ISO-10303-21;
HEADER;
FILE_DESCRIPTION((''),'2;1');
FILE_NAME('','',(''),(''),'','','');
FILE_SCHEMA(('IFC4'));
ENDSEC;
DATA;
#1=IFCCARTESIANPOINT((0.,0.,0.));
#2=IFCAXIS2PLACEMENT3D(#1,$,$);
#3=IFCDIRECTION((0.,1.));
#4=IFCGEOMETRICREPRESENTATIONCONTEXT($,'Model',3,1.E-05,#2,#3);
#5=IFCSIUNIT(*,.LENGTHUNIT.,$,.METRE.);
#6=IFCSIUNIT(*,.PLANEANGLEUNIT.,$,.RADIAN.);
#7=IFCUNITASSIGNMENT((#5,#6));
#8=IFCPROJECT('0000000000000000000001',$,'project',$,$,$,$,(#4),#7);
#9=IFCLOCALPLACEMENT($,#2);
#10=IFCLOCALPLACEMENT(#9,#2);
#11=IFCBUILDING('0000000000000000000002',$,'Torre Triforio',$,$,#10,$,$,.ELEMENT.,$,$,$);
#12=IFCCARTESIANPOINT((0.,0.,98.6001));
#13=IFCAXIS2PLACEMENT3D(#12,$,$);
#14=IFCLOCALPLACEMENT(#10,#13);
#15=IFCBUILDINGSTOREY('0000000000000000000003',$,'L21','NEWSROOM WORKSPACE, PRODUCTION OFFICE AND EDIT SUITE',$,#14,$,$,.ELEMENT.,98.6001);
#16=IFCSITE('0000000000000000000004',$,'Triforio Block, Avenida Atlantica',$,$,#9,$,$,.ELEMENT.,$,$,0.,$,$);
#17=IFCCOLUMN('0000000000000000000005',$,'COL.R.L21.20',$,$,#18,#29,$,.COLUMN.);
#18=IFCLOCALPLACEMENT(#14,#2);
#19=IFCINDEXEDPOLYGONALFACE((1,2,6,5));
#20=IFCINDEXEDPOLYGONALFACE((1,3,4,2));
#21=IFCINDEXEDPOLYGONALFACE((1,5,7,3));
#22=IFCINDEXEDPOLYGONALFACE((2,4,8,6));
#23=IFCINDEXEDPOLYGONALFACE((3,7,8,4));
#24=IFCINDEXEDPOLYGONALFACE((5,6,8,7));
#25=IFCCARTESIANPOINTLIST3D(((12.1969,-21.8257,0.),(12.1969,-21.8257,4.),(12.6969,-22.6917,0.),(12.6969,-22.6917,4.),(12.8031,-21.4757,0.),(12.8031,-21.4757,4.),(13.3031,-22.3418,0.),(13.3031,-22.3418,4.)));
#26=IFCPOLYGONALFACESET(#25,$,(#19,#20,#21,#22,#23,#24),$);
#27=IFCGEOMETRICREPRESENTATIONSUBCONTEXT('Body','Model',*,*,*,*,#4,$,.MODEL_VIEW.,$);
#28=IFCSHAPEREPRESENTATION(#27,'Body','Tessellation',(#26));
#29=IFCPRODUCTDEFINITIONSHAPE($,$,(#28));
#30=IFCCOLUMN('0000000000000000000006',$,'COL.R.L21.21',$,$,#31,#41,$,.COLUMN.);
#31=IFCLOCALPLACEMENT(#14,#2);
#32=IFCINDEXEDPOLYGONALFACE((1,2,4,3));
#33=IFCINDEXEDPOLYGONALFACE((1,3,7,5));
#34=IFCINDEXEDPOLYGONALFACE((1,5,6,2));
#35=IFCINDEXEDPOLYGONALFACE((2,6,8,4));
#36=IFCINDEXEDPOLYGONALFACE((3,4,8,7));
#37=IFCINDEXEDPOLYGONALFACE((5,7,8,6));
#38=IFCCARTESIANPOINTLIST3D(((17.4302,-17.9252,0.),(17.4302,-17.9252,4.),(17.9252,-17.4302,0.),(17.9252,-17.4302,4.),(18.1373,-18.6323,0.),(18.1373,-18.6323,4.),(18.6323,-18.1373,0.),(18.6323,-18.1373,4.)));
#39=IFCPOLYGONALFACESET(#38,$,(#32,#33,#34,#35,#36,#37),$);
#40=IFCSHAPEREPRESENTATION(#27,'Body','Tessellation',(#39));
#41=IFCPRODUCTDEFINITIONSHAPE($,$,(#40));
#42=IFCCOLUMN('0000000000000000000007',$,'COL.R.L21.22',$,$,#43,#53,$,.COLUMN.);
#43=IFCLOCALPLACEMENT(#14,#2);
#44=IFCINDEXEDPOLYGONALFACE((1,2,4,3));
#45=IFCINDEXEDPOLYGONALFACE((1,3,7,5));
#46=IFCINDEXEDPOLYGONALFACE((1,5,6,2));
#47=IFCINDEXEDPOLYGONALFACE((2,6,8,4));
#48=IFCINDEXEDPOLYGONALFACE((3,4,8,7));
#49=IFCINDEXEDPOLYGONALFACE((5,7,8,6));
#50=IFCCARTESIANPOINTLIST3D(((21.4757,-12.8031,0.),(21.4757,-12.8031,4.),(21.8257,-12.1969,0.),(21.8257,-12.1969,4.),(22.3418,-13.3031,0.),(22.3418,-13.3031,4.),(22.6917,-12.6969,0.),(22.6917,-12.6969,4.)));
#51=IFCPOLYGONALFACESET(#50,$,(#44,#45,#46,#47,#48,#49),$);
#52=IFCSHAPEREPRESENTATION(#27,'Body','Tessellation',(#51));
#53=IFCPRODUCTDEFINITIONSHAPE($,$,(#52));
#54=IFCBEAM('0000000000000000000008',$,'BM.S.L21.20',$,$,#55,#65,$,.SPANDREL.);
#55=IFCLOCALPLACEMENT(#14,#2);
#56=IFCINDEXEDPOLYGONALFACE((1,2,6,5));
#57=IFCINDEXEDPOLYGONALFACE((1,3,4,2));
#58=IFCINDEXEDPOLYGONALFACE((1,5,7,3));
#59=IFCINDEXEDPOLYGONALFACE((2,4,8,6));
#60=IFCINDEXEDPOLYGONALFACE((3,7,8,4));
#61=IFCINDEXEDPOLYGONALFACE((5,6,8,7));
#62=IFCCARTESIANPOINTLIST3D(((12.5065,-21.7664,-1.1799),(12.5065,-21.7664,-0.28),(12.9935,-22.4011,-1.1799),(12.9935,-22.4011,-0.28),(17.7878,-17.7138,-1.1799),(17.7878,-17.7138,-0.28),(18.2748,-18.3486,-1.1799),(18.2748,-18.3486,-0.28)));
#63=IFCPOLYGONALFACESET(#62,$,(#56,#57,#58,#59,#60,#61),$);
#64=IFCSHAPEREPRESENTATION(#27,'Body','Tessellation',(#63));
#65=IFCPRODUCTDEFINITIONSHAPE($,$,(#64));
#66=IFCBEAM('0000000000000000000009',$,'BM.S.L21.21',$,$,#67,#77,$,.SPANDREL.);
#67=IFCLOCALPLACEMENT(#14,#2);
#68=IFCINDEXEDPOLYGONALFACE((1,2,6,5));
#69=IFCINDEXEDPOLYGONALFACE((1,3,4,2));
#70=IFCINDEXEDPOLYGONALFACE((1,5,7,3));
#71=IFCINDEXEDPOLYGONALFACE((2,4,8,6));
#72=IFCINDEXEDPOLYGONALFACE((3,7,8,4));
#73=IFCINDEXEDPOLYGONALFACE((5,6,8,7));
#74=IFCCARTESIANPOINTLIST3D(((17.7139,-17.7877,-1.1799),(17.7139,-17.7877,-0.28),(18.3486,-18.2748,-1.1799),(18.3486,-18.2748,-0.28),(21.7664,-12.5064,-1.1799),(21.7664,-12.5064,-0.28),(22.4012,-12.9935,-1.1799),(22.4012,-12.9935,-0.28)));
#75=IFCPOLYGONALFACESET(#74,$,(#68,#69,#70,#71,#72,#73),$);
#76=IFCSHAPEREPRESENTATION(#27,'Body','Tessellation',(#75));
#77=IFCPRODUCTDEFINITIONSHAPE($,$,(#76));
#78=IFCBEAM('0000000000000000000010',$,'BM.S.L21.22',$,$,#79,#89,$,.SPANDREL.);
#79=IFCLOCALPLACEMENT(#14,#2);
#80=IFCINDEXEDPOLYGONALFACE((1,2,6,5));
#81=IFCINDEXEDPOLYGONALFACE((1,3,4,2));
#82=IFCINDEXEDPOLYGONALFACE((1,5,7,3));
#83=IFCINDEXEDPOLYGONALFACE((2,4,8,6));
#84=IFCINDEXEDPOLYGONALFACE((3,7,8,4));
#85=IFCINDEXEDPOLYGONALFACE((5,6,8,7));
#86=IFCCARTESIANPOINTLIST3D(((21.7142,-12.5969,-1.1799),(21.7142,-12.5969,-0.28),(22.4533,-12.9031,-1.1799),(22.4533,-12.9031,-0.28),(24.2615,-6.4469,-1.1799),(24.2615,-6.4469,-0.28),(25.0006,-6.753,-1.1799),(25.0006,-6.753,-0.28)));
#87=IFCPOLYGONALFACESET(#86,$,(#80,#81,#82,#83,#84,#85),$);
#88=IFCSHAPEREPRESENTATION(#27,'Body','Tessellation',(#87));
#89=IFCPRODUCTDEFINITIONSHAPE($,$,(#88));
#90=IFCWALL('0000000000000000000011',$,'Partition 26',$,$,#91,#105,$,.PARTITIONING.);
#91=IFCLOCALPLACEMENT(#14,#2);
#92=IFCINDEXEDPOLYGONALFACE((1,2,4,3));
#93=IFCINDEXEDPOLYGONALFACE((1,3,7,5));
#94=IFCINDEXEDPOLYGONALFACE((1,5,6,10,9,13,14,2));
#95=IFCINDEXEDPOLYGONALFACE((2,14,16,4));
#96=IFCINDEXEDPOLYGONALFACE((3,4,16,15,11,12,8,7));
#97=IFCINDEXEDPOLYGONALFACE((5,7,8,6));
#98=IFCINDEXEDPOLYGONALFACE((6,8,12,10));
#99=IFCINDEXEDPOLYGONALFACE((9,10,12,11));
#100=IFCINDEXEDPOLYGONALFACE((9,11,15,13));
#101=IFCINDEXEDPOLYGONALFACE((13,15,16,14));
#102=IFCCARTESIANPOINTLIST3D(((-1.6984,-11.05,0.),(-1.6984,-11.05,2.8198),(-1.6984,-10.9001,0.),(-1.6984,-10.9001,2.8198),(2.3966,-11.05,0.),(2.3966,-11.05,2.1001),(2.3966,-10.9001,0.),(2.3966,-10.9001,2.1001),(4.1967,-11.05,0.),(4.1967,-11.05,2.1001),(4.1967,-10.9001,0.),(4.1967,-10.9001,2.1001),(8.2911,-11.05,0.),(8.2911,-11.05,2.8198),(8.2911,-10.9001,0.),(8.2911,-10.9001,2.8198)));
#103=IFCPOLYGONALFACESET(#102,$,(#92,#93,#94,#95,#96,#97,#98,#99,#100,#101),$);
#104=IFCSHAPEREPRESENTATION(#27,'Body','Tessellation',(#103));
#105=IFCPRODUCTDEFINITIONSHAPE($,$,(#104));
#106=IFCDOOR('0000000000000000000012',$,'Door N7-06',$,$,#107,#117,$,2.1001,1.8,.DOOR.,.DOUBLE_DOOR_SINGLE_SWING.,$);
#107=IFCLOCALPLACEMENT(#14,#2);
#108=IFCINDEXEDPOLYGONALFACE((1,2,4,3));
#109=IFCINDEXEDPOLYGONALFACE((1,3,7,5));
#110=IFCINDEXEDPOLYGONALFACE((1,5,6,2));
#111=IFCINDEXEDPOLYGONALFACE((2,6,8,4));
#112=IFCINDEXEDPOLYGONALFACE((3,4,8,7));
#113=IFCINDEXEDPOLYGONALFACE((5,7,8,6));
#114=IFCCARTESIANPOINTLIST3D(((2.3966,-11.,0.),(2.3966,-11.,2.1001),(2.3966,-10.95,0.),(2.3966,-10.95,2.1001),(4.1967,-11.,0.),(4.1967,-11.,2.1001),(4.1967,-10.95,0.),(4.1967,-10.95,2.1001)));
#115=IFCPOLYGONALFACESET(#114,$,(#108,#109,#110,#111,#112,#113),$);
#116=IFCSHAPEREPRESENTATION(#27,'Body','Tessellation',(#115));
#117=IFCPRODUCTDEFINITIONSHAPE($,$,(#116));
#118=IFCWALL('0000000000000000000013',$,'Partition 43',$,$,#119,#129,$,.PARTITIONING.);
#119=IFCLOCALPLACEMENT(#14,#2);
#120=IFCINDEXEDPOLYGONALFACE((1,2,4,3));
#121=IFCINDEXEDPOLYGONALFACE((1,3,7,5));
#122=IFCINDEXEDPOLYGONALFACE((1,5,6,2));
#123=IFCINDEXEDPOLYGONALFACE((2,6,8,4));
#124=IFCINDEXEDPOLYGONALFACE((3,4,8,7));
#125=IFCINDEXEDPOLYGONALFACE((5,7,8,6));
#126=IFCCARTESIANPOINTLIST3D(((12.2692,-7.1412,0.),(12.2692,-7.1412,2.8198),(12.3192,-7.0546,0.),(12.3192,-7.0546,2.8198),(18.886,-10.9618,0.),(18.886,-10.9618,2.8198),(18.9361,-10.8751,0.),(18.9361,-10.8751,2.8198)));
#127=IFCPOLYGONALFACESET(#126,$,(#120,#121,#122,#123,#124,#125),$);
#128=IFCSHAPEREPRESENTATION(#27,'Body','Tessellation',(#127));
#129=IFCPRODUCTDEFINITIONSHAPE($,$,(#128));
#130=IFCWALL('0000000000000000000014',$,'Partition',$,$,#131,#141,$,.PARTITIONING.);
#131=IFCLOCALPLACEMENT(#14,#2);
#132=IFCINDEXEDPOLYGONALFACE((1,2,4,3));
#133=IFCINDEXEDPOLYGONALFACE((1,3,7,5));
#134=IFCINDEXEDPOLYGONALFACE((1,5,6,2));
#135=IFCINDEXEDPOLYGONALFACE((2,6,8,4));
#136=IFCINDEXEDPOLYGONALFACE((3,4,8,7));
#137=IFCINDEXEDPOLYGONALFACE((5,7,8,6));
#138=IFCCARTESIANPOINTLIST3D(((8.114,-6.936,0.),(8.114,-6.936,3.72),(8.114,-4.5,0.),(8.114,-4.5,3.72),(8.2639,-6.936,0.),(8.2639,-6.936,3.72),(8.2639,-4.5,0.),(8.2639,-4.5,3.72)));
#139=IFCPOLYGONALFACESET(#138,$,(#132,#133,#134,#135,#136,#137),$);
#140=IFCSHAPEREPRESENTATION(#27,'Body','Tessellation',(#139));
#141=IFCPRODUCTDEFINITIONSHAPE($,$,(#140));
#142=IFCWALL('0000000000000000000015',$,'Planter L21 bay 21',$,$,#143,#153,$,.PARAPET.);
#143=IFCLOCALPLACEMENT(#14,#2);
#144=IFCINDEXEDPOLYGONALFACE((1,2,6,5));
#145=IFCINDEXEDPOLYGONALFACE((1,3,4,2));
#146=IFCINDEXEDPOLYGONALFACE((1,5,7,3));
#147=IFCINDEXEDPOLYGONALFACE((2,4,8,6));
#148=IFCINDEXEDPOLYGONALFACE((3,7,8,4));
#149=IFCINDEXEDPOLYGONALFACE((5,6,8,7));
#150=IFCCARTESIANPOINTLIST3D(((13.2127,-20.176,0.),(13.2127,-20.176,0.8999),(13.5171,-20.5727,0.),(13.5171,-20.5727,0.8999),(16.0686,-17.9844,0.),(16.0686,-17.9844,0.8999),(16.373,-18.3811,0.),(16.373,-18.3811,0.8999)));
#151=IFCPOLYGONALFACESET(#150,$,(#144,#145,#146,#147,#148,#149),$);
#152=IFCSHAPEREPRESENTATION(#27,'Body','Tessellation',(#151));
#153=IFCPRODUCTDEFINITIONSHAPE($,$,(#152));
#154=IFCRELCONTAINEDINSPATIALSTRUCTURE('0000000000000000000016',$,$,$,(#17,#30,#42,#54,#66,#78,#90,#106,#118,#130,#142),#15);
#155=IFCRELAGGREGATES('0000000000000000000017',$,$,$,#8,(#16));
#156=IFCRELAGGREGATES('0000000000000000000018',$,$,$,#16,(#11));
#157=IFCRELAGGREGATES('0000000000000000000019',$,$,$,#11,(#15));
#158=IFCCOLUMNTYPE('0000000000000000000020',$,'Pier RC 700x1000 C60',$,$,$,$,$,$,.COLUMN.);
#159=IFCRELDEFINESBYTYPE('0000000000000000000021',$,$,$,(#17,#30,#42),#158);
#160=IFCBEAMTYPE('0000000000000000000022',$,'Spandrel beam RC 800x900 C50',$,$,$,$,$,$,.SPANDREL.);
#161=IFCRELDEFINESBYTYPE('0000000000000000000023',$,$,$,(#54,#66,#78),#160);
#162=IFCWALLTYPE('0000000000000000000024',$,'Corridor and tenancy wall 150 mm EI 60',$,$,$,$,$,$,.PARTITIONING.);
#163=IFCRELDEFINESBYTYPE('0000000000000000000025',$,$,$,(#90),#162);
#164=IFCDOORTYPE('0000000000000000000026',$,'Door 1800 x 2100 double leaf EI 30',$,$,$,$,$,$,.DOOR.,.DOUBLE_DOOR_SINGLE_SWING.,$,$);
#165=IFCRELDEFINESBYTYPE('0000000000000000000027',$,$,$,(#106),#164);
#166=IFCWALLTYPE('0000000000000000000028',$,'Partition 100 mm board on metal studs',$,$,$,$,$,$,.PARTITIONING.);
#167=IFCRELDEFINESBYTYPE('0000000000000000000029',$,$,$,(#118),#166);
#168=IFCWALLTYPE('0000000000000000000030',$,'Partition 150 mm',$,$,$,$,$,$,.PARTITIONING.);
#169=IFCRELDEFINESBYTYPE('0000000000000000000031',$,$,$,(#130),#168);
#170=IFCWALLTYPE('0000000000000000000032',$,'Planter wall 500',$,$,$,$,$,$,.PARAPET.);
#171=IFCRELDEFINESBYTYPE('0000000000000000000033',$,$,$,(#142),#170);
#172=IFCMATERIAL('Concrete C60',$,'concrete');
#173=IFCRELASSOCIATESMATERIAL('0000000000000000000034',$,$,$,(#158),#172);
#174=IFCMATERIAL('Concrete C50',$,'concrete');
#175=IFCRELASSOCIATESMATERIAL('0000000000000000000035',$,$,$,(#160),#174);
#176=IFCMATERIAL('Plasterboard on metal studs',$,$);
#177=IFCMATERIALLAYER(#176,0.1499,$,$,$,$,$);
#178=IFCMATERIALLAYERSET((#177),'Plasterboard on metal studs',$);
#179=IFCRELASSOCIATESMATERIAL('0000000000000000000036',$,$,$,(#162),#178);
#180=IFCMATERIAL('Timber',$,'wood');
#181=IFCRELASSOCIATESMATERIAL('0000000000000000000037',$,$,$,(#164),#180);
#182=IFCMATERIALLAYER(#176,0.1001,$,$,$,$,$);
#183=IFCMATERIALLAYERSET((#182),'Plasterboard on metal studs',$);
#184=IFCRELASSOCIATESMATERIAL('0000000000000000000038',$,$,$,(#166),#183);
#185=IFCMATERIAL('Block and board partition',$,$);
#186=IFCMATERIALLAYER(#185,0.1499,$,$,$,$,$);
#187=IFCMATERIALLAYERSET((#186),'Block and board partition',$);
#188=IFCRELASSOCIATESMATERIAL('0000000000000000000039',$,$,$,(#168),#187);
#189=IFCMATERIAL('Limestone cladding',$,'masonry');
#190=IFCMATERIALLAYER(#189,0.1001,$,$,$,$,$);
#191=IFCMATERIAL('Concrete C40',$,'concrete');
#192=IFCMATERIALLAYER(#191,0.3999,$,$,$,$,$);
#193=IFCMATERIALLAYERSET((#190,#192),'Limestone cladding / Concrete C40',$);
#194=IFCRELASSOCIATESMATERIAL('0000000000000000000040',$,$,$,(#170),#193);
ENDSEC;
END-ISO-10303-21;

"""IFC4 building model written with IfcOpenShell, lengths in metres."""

from ifc_helpers import new_model, si_unit, direction, frame, frame_2d, origin, origin_2d, place, context, subcontext, project, spatial, rectangle, extrude, material, layer, layer_set, material_profile, profile_set, type_object, element, fill, save


model = new_model("IFC4")

# Units and contexts
model_context = context("Model", 3, precision=1e-05, world=origin(), true_north=direction((0.0, 1.0)))
body_context = subcontext(model_context, "Body", "Model", "MODEL_VIEW")
ifc_project = project(units=[si_unit("LENGTHUNIT", "METRE"), si_unit("PLANEANGLEUNIT", "RADIAN")], contexts=[model_context])

# Site, building, storey
site_placement = place(None, origin())
site = spatial("IfcSite", under=ifc_project, at=site_placement, Name="Triforio Block, Avenida Atlantica", CompositionType="ELEMENT", RefElevation=0.0)
building_placement = place(site_placement, origin())
building = spatial("IfcBuilding", under=site, at=building_placement, Name="Torre Triforio", CompositionType="ELEMENT")
storey_placement = place(building_placement, frame((0.0, 0.0, 98.6001)))
storey = spatial("IfcBuildingStorey", under=building, at=storey_placement, Name="L21", Description="NEWSROOM WORKSPACE, PRODUCTION OFFICE AND EDIT SUITE", CompositionType="ELEMENT", Elevation=98.6001)

# Columns
ifc_material_1 = material(Name="Concrete C60", Category="concrete")
ifc_material_profile_1 = material_profile(ifc_material_1, rectangle(XDim=0.7, YDim=1.0, at=origin_2d()), Name="RC 700x1000")
ifc_profile_set_1 = profile_set([ifc_material_profile_1], Name="Concrete C60")
column_type = type_object("IfcColumnType", Name="Pier RC 700x1000 C60", PredefinedType="COLUMN", material=ifc_profile_set_1)
for number, where, z_axis, x_axis, name in (
    (1, (12.75, -22.0837, 0.0), (0.0, 0.0, 1.0), (0.866025, 0.5, 0.0), "COL.R.L21.20"),
    (2, (18.0312, -18.0312, 0.0), (0.0, 0.0, 1.0), (0.707107, 0.707107, 0.0), "COL.R.L21.21"),
    (3, (22.0837, -12.75, 0.0), (0.0, 0.0, 1.0), (0.5, 0.866025, 0.0), "COL.R.L21.22"),
):
    element("IfcColumn", number, at=place(storey_placement, frame(where, z_axis=z_axis, x_axis=x_axis)), inside=storey, type_object=column_type, Name=name, PredefinedType="COLUMN", context=body_context, shape_type="SweptSolid", body=[
        extrude(rectangle(XDim=0.7, YDim=1.0, at=origin_2d()), origin(), (0.0, 0.0, 1.0), 4.0),
    ])

# Beams
ifc_material_2 = material(Name="Concrete C50", Category="concrete")
ifc_material_profile_2 = material_profile(ifc_material_2, rectangle(XDim=0.8, YDim=0.8999, at=origin_2d()), Name="RC 800x900")
ifc_profile_set_2 = profile_set([ifc_material_profile_2], Name="Concrete C50")
beam_type = type_object("IfcBeamType", Name="Spandrel beam RC 800x900 C50", PredefinedType="SPANDREL", material=ifc_profile_set_2)
for number, where, z_axis, x_axis, name in (
    (4, (12.75, -22.0837, -0.73), (0.79335, 0.608766, 0.0), (-0.608766, 0.79335, 0.0), "BM.S.L21.20"),
    (5, (18.0312, -18.0312, -0.73), (0.608766, 0.79335, 0.0), (-0.79335, 0.608766, 0.0), "BM.S.L21.21"),
):
    element("IfcBeam", number, at=place(storey_placement, frame(where, z_axis=z_axis, x_axis=x_axis)), inside=storey, type_object=beam_type, Name=name, PredefinedType="SPANDREL", context=body_context, shape_type="SweptSolid", body=[
        extrude(rectangle(XDim=0.8, YDim=0.8999, at=origin_2d()), origin(), (0.0, 0.0, 1.0), 6.657),
    ])
beam_placement = place(storey_placement, frame((22.0837, -12.75, -0.73), z_axis=(0.382669, 0.923885, 0.0), x_axis=(-0.923885, 0.382669, 0.0)))
element("IfcBeam", 6, at=beam_placement, inside=storey, type_object=beam_type, Name="BM.S.L21.22", PredefinedType="SPANDREL", context=body_context, shape_type="SweptSolid", body=[
    extrude(rectangle(XDim=0.8, YDim=0.8999, at=origin_2d()), origin(), (0.0, 0.0, 1.0), 6.6567),
])

# Wall, opening, door
ifc_material_3 = material(Name="Plasterboard on metal studs")
ifc_layer_1 = layer(ifc_material_3, 0.1499)
ifc_layer_set_1 = layer_set([ifc_layer_1], Name="Plasterboard on metal studs")
wall_type_1 = type_object("IfcWallType", Name="Corridor and tenancy wall 150 mm EI 60", PredefinedType="PARTITIONING", material=ifc_layer_set_1)
wall_1_placement = place(storey_placement, frame((8.291, -10.9751, 0.0), z_axis=(0.0, 0.0, 1.0), x_axis=(-1.0, 0.0, 0.0)))
wall_1 = element("IfcWall", 7, at=wall_1_placement, inside=storey, type_object=wall_type_1, Name="Partition 26", PredefinedType="PARTITIONING", context=body_context, shape_type="SweptSolid", body=[
    extrude(rectangle(XDim=9.9895, YDim=0.1499, at=frame_2d((4.9946, 0.0))), origin(), (0.0, 0.0, 1.0), 2.8198),
])
opening_1_placement = place(wall_1_placement, frame((4.0945, 0.0, 0.0)))
opening_1 = element("IfcOpeningElement", 8, at=opening_1_placement, cuts=wall_1, PredefinedType="OPENING", context=body_context, shape_type="SweptSolid", body=[
    extrude(rectangle(XDim=1.8, YDim=2.1001, at=frame_2d((0.8999, 1.05))), frame((0.0, 0.085, 0.0), z_axis=(0.0, -1.0, 0.0), x_axis=(1.0, 0.0, 0.0)), (0.0, 0.0, 1.0), 0.1699),
])
ifc_material_4 = material(Name="Timber", Category="wood")
door_type_1 = type_object("IfcDoorType", Name="Door 1800 x 2100 double leaf EI 30", OperationType="DOUBLE_DOOR_SINGLE_SWING", PredefinedType="DOOR", material=ifc_material_4)
door_1_placement = place(opening_1_placement, origin())
door_1 = element("IfcDoor", 9, at=door_1_placement, inside=storey, type_object=door_type_1, Name="Door N7-06", OperationType="DOUBLE_DOOR_SINGLE_SWING", OverallHeight=2.1001, OverallWidth=1.8, PredefinedType="DOOR", context=body_context, shape_type="SweptSolid", body=[
    extrude(rectangle(XDim=1.8, YDim=2.1001, at=frame_2d((0.8999, 1.05))), frame((0.0, 0.0249, 0.0), z_axis=(0.0, -1.0, 0.0), x_axis=(1.0, 0.0, 0.0)), (0.0, 0.0, 1.0), 0.05),
])
fill(opening_1, door_1)

# Walls
ifc_layer_2 = layer(ifc_material_3, 0.1001)
ifc_layer_set_2 = layer_set([ifc_layer_2], Name="Plasterboard on metal studs")
wall_type_2 = type_object("IfcWallType", Name="Partition 100 mm board on metal studs", PredefinedType="PARTITIONING", material=ifc_layer_set_2)
wall_2_placement = place(storey_placement, frame((12.2942, -7.0979, 0.0), z_axis=(0.0, 0.0, 1.0), x_axis=(0.866011, -0.500026, 0.0)))
element("IfcWall", 10, at=wall_2_placement, inside=storey, type_object=wall_type_2, Name="Partition 43", PredefinedType="PARTITIONING", context=body_context, shape_type="SweptSolid", body=[
    extrude(rectangle(XDim=7.6406, YDim=0.1001, at=frame_2d((3.8203, 0.0))), origin(), (0.0, 0.0, 1.0), 2.8198),
])
ifc_material_5 = material(Name="Block and board partition")
ifc_layer_3 = layer(ifc_material_5, 0.1499)
ifc_layer_set_3 = layer_set([ifc_layer_3], Name="Block and board partition")
wall_type_3 = type_object("IfcWallType", Name="Partition 150 mm", PredefinedType="PARTITIONING", material=ifc_layer_set_3)
wall_3_placement = place(storey_placement, frame((8.189, -6.936, 0.0), z_axis=(0.0, 0.0, 1.0), x_axis=(0.0, 1.0, 0.0)))
element("IfcWall", 11, at=wall_3_placement, inside=storey, type_object=wall_type_3, Name="Partition", PredefinedType="PARTITIONING", context=body_context, shape_type="SweptSolid", body=[
    extrude(rectangle(XDim=2.436, YDim=0.1499, at=frame_2d((1.218, 0.0))), origin(), (0.0, 0.0, 1.0), 3.72),
])
ifc_material_6 = material(Name="Limestone cladding", Category="masonry")
ifc_layer_4 = layer(ifc_material_6, 0.1001)
ifc_material_7 = material(Name="Concrete C40", Category="concrete")
ifc_layer_5 = layer(ifc_material_7, 0.3999)
ifc_layer_set_4 = layer_set([ifc_layer_4, ifc_layer_5], Name="Limestone cladding / Concrete C40")
wall_type_4 = type_object("IfcWallType", Name="Planter wall 500", PredefinedType="PARAPET", material=ifc_layer_set_4)
wall_4_placement = place(storey_placement, frame((13.365, -20.3743, 0.0), z_axis=(0.0, 0.0, 1.0), x_axis=(0.793327, 0.608796, 0.0)))
element("IfcWall", 12, at=wall_4_placement, inside=storey, type_object=wall_type_4, Name="Planter L21 bay 21", PredefinedType="PARAPET", context=body_context, shape_type="SweptSolid", body=[
    extrude(rectangle(XDim=3.5999, YDim=0.5, at=frame_2d((1.7998, 0.0))), origin(), (0.0, 0.0, 1.0), 0.8999),
])

save(model, "model.ifc")
